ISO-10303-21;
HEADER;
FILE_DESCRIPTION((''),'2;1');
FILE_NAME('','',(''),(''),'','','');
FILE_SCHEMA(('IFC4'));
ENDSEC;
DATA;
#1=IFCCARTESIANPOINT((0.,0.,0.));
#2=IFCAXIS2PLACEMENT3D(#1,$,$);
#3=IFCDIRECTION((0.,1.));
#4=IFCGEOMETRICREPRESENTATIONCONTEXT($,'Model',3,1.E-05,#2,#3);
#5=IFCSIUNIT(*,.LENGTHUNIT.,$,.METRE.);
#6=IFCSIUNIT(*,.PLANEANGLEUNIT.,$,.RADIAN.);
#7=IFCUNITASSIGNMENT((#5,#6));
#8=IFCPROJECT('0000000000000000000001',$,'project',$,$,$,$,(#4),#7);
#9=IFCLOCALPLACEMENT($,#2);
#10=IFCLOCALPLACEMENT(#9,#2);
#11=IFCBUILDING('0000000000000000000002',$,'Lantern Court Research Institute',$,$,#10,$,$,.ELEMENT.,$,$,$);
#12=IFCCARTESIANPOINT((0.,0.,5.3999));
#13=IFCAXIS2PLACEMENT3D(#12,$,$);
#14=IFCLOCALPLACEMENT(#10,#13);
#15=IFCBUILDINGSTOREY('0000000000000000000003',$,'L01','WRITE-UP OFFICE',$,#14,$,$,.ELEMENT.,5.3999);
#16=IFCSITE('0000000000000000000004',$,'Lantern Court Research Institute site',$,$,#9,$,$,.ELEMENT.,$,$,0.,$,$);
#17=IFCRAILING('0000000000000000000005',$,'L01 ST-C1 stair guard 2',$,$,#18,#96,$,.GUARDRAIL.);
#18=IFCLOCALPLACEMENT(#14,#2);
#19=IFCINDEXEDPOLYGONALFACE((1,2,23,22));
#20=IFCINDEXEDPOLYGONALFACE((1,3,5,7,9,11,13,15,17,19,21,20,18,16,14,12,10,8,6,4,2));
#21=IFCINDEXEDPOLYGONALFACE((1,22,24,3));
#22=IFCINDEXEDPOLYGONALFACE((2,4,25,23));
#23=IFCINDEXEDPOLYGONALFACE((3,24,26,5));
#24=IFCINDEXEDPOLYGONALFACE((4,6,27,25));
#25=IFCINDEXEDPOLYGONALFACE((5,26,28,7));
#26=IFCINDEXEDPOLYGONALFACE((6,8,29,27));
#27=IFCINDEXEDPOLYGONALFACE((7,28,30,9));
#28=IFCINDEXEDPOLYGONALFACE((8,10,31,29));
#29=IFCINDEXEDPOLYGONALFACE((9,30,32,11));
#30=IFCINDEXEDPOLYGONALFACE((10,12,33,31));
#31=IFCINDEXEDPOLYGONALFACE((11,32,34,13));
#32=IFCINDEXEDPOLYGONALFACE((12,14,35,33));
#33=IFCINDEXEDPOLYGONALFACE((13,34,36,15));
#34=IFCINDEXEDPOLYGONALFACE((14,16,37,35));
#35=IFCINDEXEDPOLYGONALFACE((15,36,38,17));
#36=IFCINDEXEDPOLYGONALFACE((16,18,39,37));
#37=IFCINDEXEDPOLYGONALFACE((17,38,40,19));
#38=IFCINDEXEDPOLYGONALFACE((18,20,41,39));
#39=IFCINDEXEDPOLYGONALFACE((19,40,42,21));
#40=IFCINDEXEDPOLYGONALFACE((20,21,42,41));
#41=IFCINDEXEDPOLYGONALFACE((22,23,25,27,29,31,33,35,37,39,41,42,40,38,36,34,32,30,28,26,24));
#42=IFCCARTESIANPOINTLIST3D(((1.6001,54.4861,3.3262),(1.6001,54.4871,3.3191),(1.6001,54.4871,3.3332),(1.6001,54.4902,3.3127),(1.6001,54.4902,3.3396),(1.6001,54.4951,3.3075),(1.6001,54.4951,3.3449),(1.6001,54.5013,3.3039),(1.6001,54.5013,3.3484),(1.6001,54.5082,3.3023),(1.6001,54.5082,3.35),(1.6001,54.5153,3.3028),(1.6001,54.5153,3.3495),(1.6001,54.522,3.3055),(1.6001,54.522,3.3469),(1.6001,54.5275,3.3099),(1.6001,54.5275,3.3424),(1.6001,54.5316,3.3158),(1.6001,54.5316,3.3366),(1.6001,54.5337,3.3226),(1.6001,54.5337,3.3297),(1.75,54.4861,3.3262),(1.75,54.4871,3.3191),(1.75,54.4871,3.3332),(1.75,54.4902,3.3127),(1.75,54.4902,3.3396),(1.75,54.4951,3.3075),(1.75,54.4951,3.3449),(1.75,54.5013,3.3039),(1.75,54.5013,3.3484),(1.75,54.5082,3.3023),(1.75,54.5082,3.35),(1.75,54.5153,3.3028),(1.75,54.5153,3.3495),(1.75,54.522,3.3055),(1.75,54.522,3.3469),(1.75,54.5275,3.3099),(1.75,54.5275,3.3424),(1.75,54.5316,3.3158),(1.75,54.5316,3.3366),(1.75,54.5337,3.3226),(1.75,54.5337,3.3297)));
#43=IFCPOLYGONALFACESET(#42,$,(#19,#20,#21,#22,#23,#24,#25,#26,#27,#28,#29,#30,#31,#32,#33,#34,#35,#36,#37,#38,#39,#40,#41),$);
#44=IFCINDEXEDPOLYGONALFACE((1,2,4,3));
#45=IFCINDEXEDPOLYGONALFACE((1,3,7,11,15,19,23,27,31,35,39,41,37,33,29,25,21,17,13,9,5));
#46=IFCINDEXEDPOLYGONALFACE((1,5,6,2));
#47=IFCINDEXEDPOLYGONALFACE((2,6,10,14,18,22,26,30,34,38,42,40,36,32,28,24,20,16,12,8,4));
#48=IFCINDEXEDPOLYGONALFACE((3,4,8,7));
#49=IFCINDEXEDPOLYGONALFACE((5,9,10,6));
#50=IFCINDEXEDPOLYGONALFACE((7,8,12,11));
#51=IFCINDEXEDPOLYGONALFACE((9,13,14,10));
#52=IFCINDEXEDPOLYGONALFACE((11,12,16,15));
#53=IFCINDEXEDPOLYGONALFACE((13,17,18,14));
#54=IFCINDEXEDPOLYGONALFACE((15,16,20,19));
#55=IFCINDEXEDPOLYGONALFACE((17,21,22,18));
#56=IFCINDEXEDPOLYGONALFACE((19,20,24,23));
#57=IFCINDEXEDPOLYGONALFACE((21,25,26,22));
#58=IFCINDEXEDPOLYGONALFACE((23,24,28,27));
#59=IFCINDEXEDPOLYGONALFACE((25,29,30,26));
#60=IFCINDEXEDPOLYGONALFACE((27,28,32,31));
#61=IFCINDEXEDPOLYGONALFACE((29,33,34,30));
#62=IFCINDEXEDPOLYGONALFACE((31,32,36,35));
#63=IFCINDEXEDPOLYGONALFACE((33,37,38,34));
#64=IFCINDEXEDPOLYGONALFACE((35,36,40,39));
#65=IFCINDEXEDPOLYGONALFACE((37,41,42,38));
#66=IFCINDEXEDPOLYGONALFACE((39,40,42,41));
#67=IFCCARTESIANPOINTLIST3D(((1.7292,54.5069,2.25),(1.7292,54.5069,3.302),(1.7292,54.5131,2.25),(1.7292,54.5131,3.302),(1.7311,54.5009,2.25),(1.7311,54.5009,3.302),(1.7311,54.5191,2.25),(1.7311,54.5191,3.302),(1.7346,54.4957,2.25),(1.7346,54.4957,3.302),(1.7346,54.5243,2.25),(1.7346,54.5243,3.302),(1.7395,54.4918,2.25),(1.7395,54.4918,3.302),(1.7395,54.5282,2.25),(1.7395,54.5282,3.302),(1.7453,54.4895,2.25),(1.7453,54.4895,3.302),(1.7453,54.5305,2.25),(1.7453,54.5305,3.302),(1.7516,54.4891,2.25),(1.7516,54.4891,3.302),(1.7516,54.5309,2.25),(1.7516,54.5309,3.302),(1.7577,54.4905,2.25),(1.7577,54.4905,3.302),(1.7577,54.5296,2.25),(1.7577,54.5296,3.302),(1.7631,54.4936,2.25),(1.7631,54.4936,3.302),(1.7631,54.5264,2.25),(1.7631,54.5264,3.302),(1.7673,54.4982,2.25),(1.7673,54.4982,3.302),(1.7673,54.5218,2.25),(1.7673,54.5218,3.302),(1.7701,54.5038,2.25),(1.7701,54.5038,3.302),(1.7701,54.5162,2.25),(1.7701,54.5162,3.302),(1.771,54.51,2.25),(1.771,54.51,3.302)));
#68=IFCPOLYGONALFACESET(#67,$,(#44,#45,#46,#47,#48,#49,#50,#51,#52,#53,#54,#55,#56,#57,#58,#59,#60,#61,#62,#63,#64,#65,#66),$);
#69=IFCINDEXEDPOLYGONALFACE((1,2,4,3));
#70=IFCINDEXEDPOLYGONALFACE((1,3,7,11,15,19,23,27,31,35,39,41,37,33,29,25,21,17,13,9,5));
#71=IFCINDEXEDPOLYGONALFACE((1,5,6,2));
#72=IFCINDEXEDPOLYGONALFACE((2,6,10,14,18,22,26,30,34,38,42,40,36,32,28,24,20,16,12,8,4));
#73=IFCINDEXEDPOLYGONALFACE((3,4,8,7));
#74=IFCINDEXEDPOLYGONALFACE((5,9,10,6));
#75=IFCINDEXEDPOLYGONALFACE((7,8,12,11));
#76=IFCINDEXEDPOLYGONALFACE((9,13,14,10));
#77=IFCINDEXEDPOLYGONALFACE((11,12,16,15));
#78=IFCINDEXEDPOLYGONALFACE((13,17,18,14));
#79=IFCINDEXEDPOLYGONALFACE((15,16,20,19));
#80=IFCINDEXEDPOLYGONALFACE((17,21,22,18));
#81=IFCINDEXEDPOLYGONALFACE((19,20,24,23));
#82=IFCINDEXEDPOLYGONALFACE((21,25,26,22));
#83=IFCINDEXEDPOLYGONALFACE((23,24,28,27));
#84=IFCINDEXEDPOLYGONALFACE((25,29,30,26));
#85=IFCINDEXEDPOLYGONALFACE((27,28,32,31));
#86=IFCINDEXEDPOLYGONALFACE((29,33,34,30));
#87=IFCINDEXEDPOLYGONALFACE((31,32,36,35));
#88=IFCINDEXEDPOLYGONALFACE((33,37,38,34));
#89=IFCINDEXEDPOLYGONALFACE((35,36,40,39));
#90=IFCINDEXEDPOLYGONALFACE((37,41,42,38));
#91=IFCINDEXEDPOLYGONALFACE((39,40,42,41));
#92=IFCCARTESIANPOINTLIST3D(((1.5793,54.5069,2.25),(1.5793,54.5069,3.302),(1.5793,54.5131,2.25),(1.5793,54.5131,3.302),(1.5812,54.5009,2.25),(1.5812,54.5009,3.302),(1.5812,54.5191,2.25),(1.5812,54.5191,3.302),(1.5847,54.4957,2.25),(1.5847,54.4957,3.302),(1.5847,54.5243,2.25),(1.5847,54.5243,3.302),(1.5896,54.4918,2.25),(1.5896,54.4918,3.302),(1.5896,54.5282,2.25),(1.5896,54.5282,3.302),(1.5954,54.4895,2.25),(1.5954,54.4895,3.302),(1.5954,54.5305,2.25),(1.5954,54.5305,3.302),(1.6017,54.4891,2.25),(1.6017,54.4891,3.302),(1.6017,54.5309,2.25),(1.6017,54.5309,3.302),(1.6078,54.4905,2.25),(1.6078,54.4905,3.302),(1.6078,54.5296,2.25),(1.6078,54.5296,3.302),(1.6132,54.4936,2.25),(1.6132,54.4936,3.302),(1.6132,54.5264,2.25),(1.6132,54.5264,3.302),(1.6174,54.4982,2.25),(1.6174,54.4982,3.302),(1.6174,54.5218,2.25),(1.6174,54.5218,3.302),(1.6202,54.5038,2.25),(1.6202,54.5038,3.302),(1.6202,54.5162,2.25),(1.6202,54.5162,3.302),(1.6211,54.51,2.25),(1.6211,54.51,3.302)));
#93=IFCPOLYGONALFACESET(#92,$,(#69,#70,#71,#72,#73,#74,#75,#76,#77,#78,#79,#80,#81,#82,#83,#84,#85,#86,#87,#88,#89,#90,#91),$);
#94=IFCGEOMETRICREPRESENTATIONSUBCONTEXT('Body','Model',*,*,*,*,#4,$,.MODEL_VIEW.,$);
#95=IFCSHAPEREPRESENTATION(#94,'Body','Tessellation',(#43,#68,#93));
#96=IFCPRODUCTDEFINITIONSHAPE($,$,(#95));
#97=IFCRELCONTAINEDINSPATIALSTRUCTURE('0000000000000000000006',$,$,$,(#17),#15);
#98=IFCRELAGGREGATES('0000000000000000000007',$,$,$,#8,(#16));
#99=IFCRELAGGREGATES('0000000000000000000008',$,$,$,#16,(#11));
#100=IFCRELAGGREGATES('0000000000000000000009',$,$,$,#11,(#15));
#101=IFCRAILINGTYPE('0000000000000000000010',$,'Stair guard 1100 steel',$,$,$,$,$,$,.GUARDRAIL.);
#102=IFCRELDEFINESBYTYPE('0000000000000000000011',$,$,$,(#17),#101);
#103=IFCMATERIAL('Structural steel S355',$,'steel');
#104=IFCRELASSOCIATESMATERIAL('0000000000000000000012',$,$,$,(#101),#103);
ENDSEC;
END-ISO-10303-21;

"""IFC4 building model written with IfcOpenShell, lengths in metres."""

from ifc_helpers import new_model, si_unit, direction, frame, origin, origin_2d, place, context, subcontext, project, spatial, circle, extrude, material, type_object, element, save


model = new_model("IFC4")

# Units and contexts
model_context = context("Model", 3, precision=1e-05, world=origin(), true_north=direction((0.0, 1.0)))
body_context = subcontext(model_context, "Body", "Model", "MODEL_VIEW")
ifc_project = project(units=[si_unit("LENGTHUNIT", "METRE"), si_unit("PLANEANGLEUNIT", "RADIAN")], contexts=[model_context])

# Site, building, storey
site_placement = place(None, origin())
site = spatial("IfcSite", under=ifc_project, at=site_placement, Name="Lantern Court Research Institute site", CompositionType="ELEMENT", RefElevation=0.0)
building_placement = place(site_placement, origin())
building = spatial("IfcBuilding", under=site, at=building_placement, Name="Lantern Court Research Institute", CompositionType="ELEMENT")
storey_placement = place(building_placement, frame((0.0, 0.0, 5.3999)))
storey = spatial("IfcBuildingStorey", under=building, at=storey_placement, Name="L01", Description="WRITE-UP OFFICE", CompositionType="ELEMENT", Elevation=5.3999)

# Railing
ifc_material_1 = material(Name="Structural steel S355", Category="steel")
railing_type_1 = type_object("IfcRailingType", Name="Stair guard 1100 steel", PredefinedType="GUARDRAIL", material=ifc_material_1)
railing_1_placement = place(storey_placement, frame((1.75, 54.51, 2.25)))
element("IfcRailing", 1, at=railing_1_placement, inside=storey, type_object=railing_type_1, Name="L01 ST-C1 stair guard 2", PredefinedType="GUARDRAIL", context=body_context, shape_type="SweptSolid", body=[
    extrude(circle(Radius=0.0239, at=origin_2d()), frame((0.0, 0.0, 1.0762), z_axis=(-1.0, 0.0, 0.0), x_axis=(0.0, -1.0, 0.0)), (0.0, 0.0, 1.0), 0.1499),
    extrude(circle(Radius=0.021, at=origin_2d()), origin(), (0.0, 0.0, 1.0), 1.052),
    extrude(circle(Radius=0.021, at=origin_2d()), frame((-0.1499, 0.0, 0.0)), (0.0, 0.0, 1.0), 1.052),
])

save(model, "model.ifc")
